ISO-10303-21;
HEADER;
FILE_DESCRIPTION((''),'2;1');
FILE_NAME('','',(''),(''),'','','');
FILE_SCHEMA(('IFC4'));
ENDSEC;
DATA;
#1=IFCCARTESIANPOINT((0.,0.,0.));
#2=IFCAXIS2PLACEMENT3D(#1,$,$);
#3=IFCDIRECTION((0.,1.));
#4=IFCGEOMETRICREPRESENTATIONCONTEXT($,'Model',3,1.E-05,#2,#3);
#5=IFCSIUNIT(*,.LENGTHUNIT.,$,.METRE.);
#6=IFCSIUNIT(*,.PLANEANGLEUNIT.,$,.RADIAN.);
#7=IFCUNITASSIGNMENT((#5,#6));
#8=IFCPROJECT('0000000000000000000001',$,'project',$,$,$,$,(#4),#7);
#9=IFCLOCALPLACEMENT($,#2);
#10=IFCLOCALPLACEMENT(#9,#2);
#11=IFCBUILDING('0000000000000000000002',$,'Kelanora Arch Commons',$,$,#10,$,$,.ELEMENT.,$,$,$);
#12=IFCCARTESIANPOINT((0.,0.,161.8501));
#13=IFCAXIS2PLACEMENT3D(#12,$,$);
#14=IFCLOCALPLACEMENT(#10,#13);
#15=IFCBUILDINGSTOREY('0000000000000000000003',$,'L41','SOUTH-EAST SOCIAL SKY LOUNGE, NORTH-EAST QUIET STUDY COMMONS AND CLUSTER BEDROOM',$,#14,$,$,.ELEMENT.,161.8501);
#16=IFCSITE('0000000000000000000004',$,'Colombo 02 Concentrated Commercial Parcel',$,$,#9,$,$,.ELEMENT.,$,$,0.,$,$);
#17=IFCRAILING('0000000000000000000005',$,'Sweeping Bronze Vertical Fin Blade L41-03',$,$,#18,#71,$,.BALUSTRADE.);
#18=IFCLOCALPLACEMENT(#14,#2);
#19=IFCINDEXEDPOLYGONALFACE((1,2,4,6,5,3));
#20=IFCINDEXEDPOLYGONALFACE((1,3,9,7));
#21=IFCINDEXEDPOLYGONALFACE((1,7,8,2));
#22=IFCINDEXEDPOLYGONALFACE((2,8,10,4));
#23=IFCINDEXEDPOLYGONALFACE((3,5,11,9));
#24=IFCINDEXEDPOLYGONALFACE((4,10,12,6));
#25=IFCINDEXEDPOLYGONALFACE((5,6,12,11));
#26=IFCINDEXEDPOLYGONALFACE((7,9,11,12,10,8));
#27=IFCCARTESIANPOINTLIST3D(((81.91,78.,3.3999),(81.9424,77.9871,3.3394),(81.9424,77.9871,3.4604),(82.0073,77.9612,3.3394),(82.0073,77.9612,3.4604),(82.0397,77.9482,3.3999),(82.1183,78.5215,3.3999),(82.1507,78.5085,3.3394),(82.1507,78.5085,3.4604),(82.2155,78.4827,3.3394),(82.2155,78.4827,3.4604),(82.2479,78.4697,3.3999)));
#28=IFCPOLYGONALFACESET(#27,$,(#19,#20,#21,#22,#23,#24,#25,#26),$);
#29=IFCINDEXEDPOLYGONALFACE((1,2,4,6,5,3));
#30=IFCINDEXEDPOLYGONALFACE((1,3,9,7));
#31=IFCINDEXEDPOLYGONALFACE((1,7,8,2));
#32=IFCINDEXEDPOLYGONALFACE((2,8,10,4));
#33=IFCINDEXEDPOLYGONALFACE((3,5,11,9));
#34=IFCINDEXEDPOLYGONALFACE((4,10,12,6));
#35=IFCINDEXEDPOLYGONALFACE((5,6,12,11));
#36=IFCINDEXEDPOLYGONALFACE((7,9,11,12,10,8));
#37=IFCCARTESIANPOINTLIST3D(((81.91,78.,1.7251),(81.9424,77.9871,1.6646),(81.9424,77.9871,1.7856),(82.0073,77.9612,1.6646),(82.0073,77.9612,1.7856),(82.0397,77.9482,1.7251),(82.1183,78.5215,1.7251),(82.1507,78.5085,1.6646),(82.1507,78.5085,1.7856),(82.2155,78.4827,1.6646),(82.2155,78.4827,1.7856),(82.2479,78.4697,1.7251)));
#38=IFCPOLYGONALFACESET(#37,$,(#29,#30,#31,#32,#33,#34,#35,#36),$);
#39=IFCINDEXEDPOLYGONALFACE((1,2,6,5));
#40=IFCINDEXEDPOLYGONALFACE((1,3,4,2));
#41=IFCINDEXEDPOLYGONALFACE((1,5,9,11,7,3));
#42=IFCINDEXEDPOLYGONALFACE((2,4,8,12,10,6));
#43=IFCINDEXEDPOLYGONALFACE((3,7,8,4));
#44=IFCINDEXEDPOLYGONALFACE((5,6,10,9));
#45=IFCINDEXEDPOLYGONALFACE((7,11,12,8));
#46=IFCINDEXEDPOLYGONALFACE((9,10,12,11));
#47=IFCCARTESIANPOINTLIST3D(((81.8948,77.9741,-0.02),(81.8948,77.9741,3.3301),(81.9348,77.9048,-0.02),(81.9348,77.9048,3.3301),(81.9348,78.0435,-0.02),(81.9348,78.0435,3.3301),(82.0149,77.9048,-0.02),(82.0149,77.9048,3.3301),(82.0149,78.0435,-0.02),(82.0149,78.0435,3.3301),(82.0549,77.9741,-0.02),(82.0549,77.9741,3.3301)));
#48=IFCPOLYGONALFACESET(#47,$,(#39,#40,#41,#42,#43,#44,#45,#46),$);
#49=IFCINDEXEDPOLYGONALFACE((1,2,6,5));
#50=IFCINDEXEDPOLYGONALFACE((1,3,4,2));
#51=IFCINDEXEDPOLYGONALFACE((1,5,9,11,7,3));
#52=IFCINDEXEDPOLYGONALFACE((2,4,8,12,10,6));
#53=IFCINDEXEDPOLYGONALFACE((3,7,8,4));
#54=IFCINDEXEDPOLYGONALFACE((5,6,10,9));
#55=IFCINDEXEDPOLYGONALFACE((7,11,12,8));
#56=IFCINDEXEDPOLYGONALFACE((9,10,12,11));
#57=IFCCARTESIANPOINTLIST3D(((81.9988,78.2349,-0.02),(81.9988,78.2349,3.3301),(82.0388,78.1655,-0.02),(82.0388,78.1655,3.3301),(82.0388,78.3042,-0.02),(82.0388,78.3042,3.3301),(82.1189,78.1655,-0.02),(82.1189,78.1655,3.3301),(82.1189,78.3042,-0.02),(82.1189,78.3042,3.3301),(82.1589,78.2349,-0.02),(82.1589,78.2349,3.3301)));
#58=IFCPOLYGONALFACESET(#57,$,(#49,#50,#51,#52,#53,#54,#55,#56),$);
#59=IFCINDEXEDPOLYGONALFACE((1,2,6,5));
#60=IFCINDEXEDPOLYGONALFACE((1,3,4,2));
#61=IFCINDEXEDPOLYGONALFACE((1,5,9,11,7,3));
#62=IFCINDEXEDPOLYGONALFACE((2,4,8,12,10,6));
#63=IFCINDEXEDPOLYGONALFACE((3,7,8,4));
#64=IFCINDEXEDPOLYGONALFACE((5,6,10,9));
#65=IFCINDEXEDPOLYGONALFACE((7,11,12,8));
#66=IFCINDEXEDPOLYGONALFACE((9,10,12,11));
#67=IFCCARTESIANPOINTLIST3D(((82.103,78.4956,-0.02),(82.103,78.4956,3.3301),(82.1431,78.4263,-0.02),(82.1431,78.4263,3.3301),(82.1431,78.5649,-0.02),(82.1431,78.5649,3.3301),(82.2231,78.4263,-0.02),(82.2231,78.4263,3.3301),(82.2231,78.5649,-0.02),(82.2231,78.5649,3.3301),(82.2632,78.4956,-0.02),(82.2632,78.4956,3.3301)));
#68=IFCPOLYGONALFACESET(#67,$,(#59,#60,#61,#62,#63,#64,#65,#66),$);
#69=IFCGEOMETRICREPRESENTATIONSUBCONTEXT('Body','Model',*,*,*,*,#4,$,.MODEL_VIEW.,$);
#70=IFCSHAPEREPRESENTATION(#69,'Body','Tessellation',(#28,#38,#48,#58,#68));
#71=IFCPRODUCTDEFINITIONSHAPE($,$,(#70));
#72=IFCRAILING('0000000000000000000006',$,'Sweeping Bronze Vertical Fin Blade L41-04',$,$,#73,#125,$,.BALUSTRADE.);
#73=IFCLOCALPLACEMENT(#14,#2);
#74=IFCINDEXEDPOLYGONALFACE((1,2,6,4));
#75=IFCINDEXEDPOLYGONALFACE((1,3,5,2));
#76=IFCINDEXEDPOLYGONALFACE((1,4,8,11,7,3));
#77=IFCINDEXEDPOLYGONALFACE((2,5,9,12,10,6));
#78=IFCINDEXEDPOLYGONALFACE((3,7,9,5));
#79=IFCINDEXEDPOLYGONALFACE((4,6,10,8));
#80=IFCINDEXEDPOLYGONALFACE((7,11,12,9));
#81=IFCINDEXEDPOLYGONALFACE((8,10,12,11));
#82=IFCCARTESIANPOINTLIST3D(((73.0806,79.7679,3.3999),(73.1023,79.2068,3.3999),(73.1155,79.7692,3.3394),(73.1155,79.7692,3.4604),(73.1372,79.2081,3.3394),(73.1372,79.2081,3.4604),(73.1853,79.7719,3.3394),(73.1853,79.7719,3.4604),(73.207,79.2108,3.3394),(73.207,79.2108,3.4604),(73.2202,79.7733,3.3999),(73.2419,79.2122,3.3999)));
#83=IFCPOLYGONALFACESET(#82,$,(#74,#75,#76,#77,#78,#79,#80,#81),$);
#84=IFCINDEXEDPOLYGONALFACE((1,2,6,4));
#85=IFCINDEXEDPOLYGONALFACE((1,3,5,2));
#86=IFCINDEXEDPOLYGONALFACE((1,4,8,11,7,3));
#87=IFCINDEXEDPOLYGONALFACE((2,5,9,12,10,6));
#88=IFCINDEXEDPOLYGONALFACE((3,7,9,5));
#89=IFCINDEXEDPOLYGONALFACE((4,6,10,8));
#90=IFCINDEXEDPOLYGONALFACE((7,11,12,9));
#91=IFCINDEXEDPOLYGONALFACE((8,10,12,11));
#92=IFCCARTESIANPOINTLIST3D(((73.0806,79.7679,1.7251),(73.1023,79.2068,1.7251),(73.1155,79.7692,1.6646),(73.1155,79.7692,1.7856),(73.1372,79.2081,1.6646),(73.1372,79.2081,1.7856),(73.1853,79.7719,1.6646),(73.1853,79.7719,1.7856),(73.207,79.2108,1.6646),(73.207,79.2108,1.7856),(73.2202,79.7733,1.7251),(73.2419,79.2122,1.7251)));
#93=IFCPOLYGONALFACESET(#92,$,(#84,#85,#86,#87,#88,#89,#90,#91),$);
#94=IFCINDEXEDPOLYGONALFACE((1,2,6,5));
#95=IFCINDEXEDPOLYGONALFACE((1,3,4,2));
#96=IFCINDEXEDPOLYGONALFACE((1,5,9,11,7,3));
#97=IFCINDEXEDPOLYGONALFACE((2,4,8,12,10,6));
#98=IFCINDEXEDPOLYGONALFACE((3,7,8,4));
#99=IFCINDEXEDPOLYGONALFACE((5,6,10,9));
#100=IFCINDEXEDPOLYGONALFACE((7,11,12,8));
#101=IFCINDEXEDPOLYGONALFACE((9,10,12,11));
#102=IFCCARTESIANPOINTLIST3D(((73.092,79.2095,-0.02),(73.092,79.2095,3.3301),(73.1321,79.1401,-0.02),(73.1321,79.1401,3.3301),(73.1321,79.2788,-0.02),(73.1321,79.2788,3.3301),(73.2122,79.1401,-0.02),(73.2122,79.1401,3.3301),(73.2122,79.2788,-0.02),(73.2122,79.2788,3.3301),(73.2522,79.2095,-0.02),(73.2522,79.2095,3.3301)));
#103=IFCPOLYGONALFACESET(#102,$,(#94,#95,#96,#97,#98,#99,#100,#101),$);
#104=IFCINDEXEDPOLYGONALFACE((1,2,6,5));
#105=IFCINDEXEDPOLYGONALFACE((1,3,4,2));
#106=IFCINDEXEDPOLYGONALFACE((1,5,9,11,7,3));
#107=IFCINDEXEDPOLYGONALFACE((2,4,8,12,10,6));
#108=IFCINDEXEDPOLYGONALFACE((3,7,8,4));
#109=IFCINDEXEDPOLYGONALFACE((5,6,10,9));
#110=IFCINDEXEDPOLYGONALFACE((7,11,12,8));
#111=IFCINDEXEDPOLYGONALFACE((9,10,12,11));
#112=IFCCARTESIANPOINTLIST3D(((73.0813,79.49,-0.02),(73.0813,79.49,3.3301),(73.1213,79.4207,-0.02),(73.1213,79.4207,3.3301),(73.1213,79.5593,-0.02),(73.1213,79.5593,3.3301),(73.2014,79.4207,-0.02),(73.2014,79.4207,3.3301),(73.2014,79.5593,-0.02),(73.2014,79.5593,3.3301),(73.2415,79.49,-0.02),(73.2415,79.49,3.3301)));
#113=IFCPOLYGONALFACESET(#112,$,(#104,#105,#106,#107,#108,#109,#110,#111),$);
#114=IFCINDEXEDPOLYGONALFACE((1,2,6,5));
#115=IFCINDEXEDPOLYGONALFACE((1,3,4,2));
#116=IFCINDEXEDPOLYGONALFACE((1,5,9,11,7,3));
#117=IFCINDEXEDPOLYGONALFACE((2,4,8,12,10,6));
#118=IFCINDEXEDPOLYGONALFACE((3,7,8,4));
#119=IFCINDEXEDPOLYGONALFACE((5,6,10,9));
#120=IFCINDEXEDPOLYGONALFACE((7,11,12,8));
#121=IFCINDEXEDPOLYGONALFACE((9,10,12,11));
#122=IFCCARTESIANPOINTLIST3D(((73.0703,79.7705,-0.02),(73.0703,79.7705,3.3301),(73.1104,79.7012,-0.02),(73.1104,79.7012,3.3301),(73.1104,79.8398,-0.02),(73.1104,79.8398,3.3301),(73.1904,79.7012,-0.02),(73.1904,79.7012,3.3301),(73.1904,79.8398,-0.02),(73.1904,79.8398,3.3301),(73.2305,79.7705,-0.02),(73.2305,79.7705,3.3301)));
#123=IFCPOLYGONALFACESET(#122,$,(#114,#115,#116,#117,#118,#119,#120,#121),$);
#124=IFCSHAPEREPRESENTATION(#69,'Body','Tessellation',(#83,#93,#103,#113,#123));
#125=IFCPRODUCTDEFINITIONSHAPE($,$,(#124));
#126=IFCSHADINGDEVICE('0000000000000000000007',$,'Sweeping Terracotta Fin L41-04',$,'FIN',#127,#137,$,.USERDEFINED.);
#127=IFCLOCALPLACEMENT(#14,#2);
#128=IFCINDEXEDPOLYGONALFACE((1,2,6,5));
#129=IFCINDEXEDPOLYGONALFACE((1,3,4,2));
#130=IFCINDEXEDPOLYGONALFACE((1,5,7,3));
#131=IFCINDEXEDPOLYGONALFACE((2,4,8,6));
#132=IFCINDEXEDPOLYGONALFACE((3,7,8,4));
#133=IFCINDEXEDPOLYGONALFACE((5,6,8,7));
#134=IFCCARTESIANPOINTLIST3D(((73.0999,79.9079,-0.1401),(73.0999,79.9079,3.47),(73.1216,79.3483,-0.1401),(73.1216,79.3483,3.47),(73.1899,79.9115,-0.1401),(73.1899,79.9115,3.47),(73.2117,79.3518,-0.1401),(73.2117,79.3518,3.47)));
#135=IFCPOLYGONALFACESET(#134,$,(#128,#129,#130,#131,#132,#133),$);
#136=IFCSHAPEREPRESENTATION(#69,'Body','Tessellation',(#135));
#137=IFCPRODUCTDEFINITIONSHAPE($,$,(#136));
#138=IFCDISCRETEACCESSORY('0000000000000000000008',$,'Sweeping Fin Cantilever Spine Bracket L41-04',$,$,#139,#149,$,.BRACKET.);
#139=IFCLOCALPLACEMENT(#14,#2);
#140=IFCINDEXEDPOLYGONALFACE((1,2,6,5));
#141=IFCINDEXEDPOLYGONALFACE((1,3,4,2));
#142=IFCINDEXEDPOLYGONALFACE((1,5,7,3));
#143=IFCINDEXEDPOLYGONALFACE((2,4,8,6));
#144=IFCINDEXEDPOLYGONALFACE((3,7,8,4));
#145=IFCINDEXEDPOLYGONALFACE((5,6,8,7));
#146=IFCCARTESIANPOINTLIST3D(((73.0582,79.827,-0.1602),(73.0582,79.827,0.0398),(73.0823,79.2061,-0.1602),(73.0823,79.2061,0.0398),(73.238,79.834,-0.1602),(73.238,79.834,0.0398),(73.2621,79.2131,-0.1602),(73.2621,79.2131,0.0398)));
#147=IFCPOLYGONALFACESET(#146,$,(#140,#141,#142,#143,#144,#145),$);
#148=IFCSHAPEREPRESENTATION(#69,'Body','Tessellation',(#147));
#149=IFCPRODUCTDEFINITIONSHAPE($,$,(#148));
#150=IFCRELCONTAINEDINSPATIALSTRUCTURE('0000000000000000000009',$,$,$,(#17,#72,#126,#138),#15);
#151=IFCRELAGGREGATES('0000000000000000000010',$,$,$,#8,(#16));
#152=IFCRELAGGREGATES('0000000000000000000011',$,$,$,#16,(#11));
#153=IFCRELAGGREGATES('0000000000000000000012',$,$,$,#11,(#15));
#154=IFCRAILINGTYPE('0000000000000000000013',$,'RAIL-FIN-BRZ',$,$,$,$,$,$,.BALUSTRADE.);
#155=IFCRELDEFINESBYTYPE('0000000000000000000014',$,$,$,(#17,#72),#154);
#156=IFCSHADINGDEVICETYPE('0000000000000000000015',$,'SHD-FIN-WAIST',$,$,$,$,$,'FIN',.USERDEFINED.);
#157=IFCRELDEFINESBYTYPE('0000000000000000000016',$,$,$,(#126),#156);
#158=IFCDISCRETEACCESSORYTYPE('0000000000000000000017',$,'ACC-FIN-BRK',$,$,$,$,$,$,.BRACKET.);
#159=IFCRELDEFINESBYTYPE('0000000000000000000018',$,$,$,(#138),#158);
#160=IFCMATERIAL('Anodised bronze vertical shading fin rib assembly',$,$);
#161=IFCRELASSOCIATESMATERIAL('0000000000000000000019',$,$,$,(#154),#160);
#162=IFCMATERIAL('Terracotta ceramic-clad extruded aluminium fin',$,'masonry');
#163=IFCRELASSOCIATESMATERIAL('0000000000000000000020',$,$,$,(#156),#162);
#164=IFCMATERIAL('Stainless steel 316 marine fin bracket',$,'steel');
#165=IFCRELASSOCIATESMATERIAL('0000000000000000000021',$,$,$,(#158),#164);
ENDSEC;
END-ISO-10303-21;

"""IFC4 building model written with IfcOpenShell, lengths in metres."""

from ifc_helpers import new_model, si_unit, direction, frame, origin, origin_2d, place, context, subcontext, project, spatial, polyline, rectangle, outline, extrude, source, transform, mapped, material, type_object, element, save


model = new_model("IFC4")

# Units and contexts
model_context = context("Model", 3, precision=1e-05, world=origin(), true_north=direction((0.0, 1.0)))
body_context = subcontext(model_context, "Body", "Model", "MODEL_VIEW")
ifc_project = project(units=[si_unit("LENGTHUNIT", "METRE"), si_unit("PLANEANGLEUNIT", "RADIAN")], contexts=[model_context])

# Site, building, storey
site_placement = place(None, origin())
site = spatial("IfcSite", under=ifc_project, at=site_placement, Name="Colombo 02 Concentrated Commercial Parcel", CompositionType="ELEMENT", RefElevation=0.0)
building_placement = place(site_placement, origin())
building = spatial("IfcBuilding", under=site, at=building_placement, Name="Kelanora Arch Commons", CompositionType="ELEMENT")
storey_placement = place(building_placement, frame((0.0, 0.0, 161.8501)))
storey = spatial("IfcBuildingStorey", under=building, at=storey_placement, Name="L41", Description="SOUTH-EAST SOCIAL SKY LOUNGE, NORTH-EAST QUIET STUDY COMMONS AND CLUSTER BEDROOM", CompositionType="ELEMENT", Elevation=161.8501)

# Railings
ifc_material_1 = material(Name="Anodised bronze vertical shading fin rib assembly")
railing_type = type_object("IfcRailingType", Name="RAIL-FIN-BRZ", PredefinedType="BALUSTRADE", material=ifc_material_1)
railing_1_placement = place(storey_placement, frame((81.9749, 77.9741, -0.02)))
element("IfcRailing", 1, at=railing_1_placement, inside=storey, type_object=railing_type, Name="Sweeping Bronze Vertical Fin Blade L41-03", PredefinedType="BALUSTRADE", context=body_context, shape_type="SweptSolid", body=[
    extrude(outline(polyline([(0.0698, 0.0), (0.0349, 0.0605), (-0.0349, 0.0605), (-0.0698, 0.0), (-0.0349, -0.0605), (0.0349, -0.0605), (0.0698, 0.0)])), frame((0.0, 0.0, 3.4199), z_axis=(0.370866, 0.928686, 0.0), x_axis=(-0.928686, 0.370866, 0.0)), (0.0, 0.0, 1.0), 0.5615),
    extrude(outline(polyline([(0.0698, 0.0), (0.0349, 0.0605), (-0.0349, 0.0605), (-0.0698, 0.0), (-0.0349, -0.0605), (0.0349, -0.0605), (0.0698, 0.0)])), frame((0.0, 0.0, 1.7451), z_axis=(0.370866, 0.928686, 0.0), x_axis=(-0.928686, 0.370866, 0.0)), (0.0, 0.0, 1.0), 0.5615),
    extrude(outline(polyline([(0.0801, 0.0), (0.04, 0.0693), (-0.04, 0.0693), (-0.0801, 0.0), (-0.04, -0.0693), (0.04, -0.0693), (0.0801, 0.0)])), origin(), (0.0, 0.0, 1.0), 3.3501),
    extrude(outline(polyline([(0.0801, 0.0), (0.04, 0.0693), (-0.04, 0.0693), (-0.0801, 0.0), (-0.04, -0.0693), (0.04, -0.0693), (0.0801, 0.0)])), frame((0.104, 0.2607, 0.0)), (0.0, 0.0, 1.0), 3.3501),
    extrude(outline(polyline([(0.0801, 0.0), (0.04, 0.0693), (-0.04, 0.0693), (-0.0801, 0.0), (-0.04, -0.0693), (0.04, -0.0693), (0.0801, 0.0)])), frame((0.2083, 0.5215, 0.0)), (0.0, 0.0, 1.0), 3.3501),
])
railing_2_placement = place(storey_placement, frame((73.1721, 79.2095, -0.02)))
element("IfcRailing", 2, at=railing_2_placement, inside=storey, type_object=railing_type, Name="Sweeping Bronze Vertical Fin Blade L41-04", PredefinedType="BALUSTRADE", context=body_context, shape_type="SweptSolid", body=[
    extrude(outline(polyline([(0.0698, 0.0), (0.0349, 0.0605), (-0.0349, 0.0605), (-0.0698, 0.0), (-0.0349, -0.0605), (0.0349, -0.0605), (0.0698, 0.0)])), frame((0.0, 0.0, 3.4199), z_axis=(-0.0387, 0.999251, 0.0), x_axis=(-0.999251, -0.0387, 0.0)), (0.0, 0.0, 1.0), 0.5615),
    extrude(outline(polyline([(0.0698, 0.0), (0.0349, 0.0605), (-0.0349, 0.0605), (-0.0698, 0.0), (-0.0349, -0.0605), (0.0349, -0.0605), (0.0698, 0.0)])), frame((0.0, 0.0, 1.7451), z_axis=(-0.0387, 0.999251, 0.0), x_axis=(-0.999251, -0.0387, 0.0)), (0.0, 0.0, 1.0), 0.5615),
    extrude(outline(polyline([(0.0801, 0.0), (0.04, 0.0693), (-0.04, 0.0693), (-0.0801, 0.0), (-0.04, -0.0693), (0.04, -0.0693), (0.0801, 0.0)])), origin(), (0.0, 0.0, 1.0), 3.3501),
    extrude(outline(polyline([(0.0801, 0.0), (0.04, 0.0693), (-0.04, 0.0693), (-0.0801, 0.0), (-0.04, -0.0693), (0.04, -0.0693), (0.0801, 0.0)])), frame((-0.0107, 0.2805, 0.0)), (0.0, 0.0, 1.0), 3.3501),
    extrude(outline(polyline([(0.0801, 0.0), (0.04, 0.0693), (-0.04, 0.0693), (-0.0801, 0.0), (-0.04, -0.0693), (0.04, -0.0693), (0.0801, 0.0)])), frame((-0.0217, 0.561, 0.0)), (0.0, 0.0, 1.0), 3.3501),
])

# Shading device
ifc_material_2 = material(Name="Terracotta ceramic-clad extruded aluminium fin", Category="masonry")
shading_device_type = type_object("IfcShadingDeviceType", Name="SHD-FIN-WAIST", ElementType="FIN", PredefinedType="USERDEFINED", material=ifc_material_2)
shared_shape_1 = source(origin(), body_context, "Body", "SweptSolid", [
    extrude(rectangle(XDim=0.5601, YDim=0.0901, at=origin_2d()), origin(), (0.0, 0.0, 1.0), 3.6101),
])
shading_device_placement = place(storey_placement, frame((73.1558, 79.6299, -0.1401), z_axis=(0.0, 0.0, 1.0), x_axis=(-0.038911, 0.999243, 0.0)))
element("IfcShadingDevice", 3, at=shading_device_placement, inside=storey, type_object=shading_device_type, Name="Sweeping Terracotta Fin L41-04", ObjectType="FIN", PredefinedType="USERDEFINED", context=body_context, shape_type="MappedRepresentation", body=[
    mapped(shared_shape_1, transform((0.0, 0.0, 0.0), scale=1.0)),
])

# Discrete accessory
ifc_material_3 = material(Name="Stainless steel 316 marine fin bracket", Category="steel")
discrete_accessory_type = type_object("IfcDiscreteAccessoryType", Name="ACC-FIN-BRK", PredefinedType="BRACKET", material=ifc_material_3)
shared_shape_2 = source(origin(), body_context, "Body", "SweptSolid", [
    extrude(rectangle(XDim=0.6213, YDim=0.1799, at=origin_2d()), origin(), (0.0, 0.0, 1.0), 0.2),
])
discrete_accessory_placement = place(storey_placement, frame((73.1602, 79.52, -0.1602), z_axis=(0.0, 0.0, 1.0), x_axis=(-0.038911, 0.999243, 0.0)))
element("IfcDiscreteAccessory", 4, at=discrete_accessory_placement, inside=storey, type_object=discrete_accessory_type, Name="Sweeping Fin Cantilever Spine Bracket L41-04", PredefinedType="BRACKET", context=body_context, shape_type="MappedRepresentation", body=[
    mapped(shared_shape_2, transform((0.0, 0.0, 0.0), scale=1.0)),
])

save(model, "model.ifc")
